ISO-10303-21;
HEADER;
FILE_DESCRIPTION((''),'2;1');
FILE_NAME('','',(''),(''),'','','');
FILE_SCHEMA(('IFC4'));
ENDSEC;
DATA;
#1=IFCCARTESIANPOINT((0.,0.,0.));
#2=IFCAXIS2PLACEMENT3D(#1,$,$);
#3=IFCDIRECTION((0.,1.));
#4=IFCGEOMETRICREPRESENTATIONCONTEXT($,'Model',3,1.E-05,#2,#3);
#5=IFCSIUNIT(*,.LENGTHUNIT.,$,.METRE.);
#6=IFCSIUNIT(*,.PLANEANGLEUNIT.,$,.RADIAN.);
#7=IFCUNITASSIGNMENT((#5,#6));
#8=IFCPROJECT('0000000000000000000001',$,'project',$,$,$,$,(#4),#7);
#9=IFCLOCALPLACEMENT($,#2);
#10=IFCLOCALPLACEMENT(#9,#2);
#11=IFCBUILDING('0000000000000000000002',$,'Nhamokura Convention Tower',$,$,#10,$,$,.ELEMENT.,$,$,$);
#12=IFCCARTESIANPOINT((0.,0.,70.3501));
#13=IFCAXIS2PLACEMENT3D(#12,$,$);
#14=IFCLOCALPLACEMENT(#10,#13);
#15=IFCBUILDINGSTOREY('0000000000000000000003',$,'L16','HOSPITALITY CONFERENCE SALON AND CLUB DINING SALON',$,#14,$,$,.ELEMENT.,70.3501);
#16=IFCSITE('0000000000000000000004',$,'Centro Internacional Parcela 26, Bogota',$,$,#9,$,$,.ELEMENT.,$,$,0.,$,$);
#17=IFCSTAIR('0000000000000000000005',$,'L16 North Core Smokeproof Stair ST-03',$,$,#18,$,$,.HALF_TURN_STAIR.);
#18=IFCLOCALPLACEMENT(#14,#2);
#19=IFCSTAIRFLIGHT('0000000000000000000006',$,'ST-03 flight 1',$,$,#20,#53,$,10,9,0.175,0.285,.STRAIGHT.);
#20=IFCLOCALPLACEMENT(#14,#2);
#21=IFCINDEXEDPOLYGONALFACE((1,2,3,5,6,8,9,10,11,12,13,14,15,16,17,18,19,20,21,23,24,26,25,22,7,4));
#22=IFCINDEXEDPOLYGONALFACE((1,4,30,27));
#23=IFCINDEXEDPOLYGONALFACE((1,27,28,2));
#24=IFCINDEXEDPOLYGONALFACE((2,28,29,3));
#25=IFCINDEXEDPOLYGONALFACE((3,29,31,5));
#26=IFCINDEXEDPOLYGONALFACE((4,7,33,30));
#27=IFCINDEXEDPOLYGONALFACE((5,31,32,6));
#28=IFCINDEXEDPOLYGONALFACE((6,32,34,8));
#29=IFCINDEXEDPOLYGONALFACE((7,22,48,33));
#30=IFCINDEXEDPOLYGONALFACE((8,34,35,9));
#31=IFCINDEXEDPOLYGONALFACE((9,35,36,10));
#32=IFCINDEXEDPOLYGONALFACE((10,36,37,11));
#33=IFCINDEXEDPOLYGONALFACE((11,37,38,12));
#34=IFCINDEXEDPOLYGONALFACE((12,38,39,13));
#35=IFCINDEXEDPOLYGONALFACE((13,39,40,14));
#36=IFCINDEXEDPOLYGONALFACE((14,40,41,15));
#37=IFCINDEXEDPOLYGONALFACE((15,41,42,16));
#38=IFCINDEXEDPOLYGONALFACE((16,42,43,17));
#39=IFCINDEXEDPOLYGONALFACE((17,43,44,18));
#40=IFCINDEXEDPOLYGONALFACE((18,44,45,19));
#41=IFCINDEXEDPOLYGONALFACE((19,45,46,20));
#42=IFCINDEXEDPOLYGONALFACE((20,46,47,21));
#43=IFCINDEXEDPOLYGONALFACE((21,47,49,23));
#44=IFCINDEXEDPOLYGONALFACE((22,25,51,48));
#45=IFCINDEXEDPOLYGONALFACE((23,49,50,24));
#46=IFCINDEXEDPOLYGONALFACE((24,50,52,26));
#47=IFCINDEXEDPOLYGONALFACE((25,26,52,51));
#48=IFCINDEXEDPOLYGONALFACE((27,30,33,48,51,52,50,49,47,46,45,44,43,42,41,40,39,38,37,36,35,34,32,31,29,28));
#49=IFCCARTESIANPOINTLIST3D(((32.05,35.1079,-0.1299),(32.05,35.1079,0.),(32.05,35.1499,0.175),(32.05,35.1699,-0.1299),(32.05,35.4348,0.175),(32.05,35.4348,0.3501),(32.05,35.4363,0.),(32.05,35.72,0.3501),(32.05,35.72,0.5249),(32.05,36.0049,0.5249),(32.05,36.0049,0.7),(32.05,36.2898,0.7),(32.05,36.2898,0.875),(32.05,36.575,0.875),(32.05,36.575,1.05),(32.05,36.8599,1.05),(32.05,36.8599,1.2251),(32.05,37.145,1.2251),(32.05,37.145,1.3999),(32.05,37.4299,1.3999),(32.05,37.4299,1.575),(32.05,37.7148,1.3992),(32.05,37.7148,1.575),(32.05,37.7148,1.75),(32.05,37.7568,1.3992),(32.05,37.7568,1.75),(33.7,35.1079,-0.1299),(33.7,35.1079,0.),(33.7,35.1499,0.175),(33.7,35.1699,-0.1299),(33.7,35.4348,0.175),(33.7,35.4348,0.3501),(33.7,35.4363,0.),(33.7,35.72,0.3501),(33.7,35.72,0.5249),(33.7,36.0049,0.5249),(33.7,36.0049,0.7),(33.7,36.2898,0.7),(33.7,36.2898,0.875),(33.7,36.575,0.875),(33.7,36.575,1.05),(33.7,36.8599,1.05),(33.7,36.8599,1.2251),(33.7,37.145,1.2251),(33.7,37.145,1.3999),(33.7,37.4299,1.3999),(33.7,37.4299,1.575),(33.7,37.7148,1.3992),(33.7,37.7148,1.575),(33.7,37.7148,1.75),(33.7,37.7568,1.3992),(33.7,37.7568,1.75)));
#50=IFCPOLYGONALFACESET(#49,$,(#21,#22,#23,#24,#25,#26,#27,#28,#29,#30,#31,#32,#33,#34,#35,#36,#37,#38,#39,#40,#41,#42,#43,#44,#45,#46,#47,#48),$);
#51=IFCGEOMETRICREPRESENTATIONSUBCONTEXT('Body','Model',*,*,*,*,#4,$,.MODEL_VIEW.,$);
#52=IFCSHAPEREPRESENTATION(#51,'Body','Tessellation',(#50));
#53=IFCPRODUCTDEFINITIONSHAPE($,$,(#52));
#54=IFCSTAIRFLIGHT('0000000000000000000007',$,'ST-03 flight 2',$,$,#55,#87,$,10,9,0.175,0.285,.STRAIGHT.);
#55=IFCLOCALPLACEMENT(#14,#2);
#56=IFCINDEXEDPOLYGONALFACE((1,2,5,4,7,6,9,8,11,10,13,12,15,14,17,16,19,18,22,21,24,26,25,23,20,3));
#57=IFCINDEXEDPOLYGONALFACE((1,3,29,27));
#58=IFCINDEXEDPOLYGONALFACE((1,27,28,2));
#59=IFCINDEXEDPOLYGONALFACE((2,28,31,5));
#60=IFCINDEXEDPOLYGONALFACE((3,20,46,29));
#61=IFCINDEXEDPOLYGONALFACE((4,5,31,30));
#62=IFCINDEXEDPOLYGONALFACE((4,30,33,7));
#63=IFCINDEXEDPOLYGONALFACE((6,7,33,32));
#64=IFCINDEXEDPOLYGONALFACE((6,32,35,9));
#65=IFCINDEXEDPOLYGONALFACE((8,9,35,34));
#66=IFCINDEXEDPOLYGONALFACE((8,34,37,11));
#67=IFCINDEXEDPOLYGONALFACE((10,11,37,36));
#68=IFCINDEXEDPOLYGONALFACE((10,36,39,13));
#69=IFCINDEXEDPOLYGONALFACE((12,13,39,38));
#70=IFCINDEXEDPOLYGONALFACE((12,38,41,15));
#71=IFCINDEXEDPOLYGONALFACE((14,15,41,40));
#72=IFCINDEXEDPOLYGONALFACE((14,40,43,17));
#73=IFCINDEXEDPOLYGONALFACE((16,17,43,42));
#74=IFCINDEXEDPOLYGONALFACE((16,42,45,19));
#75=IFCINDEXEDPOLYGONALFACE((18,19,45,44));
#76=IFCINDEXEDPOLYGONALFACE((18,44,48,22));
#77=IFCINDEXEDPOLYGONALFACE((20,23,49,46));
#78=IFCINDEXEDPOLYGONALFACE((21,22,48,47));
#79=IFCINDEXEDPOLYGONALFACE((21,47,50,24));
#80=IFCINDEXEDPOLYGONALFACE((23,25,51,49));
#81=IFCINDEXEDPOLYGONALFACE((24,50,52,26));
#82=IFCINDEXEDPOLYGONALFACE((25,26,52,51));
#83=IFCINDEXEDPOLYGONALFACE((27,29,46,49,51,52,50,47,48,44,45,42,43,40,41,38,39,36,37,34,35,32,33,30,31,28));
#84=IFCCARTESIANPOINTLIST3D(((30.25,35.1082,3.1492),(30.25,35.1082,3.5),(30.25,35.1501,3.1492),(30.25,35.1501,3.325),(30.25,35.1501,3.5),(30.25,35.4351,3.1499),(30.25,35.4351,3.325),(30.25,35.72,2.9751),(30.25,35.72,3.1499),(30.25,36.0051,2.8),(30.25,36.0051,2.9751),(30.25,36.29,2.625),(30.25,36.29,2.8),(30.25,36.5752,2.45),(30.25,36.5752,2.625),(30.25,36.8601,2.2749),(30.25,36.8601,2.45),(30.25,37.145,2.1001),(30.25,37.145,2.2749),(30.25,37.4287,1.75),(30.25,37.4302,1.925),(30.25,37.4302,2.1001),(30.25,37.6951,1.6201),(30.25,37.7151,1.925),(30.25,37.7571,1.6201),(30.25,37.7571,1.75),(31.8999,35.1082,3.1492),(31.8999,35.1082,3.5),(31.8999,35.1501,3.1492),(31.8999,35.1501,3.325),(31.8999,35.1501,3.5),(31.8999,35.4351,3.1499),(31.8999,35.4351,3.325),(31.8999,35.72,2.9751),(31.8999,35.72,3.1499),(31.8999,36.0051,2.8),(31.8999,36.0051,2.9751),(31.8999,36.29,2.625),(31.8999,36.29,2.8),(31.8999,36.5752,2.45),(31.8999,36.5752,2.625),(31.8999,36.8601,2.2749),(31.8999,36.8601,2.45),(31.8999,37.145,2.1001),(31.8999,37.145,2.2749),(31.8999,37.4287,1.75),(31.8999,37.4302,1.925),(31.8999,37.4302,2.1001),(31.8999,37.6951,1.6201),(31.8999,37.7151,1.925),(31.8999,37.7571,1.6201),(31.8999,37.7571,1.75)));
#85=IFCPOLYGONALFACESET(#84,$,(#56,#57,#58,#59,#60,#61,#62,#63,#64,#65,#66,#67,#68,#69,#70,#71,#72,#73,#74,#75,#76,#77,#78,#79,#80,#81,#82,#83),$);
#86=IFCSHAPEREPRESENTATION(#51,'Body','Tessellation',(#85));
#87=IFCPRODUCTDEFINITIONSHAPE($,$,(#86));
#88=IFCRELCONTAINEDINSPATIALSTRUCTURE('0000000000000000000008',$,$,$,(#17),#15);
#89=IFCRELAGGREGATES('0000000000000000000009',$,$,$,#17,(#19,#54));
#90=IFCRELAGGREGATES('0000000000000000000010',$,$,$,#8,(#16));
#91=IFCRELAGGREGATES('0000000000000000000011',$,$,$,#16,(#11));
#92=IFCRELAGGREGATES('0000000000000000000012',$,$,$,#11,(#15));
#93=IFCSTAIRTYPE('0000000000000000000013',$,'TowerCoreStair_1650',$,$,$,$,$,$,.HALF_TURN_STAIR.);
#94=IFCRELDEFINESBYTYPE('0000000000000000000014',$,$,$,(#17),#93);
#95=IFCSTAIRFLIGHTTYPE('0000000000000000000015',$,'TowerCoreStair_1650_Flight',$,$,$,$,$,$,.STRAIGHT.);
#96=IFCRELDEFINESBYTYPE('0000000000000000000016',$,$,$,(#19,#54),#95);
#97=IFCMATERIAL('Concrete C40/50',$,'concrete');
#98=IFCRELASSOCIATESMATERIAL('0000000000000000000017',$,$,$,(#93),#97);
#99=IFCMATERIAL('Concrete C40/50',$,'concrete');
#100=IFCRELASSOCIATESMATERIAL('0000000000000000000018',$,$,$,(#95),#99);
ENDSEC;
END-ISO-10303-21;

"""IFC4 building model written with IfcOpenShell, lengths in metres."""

from ifc_helpers import new_model, si_unit, direction, frame, origin, place, context, subcontext, project, spatial, polyline, outline, extrude, material, type_object, element, aggregate, save


model = new_model("IFC4")

# Units and contexts
model_context = context("Model", 3, precision=1e-05, world=origin(), true_north=direction((0.0, 1.0)))
body_context = subcontext(model_context, "Body", "Model", "MODEL_VIEW")
ifc_project = project(units=[si_unit("LENGTHUNIT", "METRE"), si_unit("PLANEANGLEUNIT", "RADIAN")], contexts=[model_context])

# Site, building, storey
site_placement = place(None, origin())
site = spatial("IfcSite", under=ifc_project, at=site_placement, Name="Centro Internacional Parcela 26, Bogota", CompositionType="ELEMENT", RefElevation=0.0)
building_placement = place(site_placement, origin())
building = spatial("IfcBuilding", under=site, at=building_placement, Name="Nhamokura Convention Tower", CompositionType="ELEMENT")
storey_placement = place(building_placement, frame((0.0, 0.0, 70.3501)))
storey = spatial("IfcBuildingStorey", under=building, at=storey_placement, Name="L16", Description="HOSPITALITY CONFERENCE SALON AND CLUB DINING SALON", CompositionType="ELEMENT", Elevation=70.3501)

# Stair, stair flights
ifc_material_1 = material(Name="Concrete C40/50", Category="concrete")
stair_type = type_object("IfcStairType", Name="TowerCoreStair_1650", PredefinedType="HALF_TURN_STAIR", material=ifc_material_1)
stair_placement = place(storey_placement, origin())
stair = element("IfcStair", 1, at=stair_placement, inside=storey, type_object=stair_type, Name="L16 North Core Smokeproof Stair ST-03", PredefinedType="HALF_TURN_STAIR")
ifc_material_2 = material(Name="Concrete C40/50", Category="concrete")
stair_flight_type = type_object("IfcStairFlightType", Name="TowerCoreStair_1650_Flight", PredefinedType="STRAIGHT", material=ifc_material_2)
stair_flight_1_placement = place(storey_placement, frame((32.875, 35.1499, 0.0), z_axis=(0.0, 0.0, 1.0), x_axis=(0.0, 1.0, 0.0)))
stair_flight_1 = element("IfcStairFlight", 2, at=stair_flight_1_placement, type_object=stair_flight_type, Name="ST-03 flight 1", NumberOfRisers=10, NumberOfTreads=9, PredefinedType="STRAIGHT", RiserHeight=0.175, TreadLength=0.285, context=body_context, shape_type="SweptSolid", body=[
    extrude(outline(polyline([(-0.042, 0.0), (0.0, 0.175), (0.2849, 0.175), (0.2849, 0.3501), (0.5701, 0.3501), (0.5701, 0.5249), (0.855, 0.5249), (0.855, 0.7), (1.1399, 0.7), (1.1399, 0.875), (1.425, 0.875), (1.425, 1.05), (1.71, 1.05), (1.71, 1.2251), (1.9951, 1.2251), (1.9951, 1.3999), (2.28, 1.3999), (2.28, 1.575), (2.5649, 1.575), (2.5649, 1.75), (2.6069, 1.75), (2.6069, 1.3992), (2.5649, 1.3992), (0.2864, 0.0), (0.02, -0.1299), (-0.042, -0.1299), (-0.042, 0.0)])), frame((0.0, 0.825, 0.0), z_axis=(0.0, -1.0, 0.0), x_axis=(1.0, 0.0, 0.0)), (0.0, 0.0, 1.0), 1.6499),
])
stair_flight_2_placement = place(storey_placement, frame((31.075, 37.7151, 1.75), z_axis=(0.0, 0.0, 1.0), x_axis=(0.0, -1.0, 0.0)))
stair_flight_2 = element("IfcStairFlight", 3, at=stair_flight_2_placement, type_object=stair_flight_type, Name="ST-03 flight 2", NumberOfRisers=10, NumberOfTreads=9, PredefinedType="STRAIGHT", RiserHeight=0.175, TreadLength=0.285, context=body_context, shape_type="SweptSolid", body=[
    extrude(outline(polyline([(-0.042, 0.0), (0.0, 0.175), (0.2849, 0.175), (0.2849, 0.3501), (0.5701, 0.3501), (0.5701, 0.5249), (0.855, 0.5249), (0.855, 0.7), (1.1399, 0.7), (1.1399, 0.875), (1.425, 0.875), (1.425, 1.05), (1.71, 1.05), (1.71, 1.2251), (1.9951, 1.2251), (1.9951, 1.3999), (2.28, 1.3999), (2.28, 1.575), (2.5649, 1.575), (2.5649, 1.75), (2.6069, 1.75), (2.6069, 1.3992), (2.5649, 1.3992), (0.2864, 0.0), (0.02, -0.1299), (-0.042, -0.1299), (-0.042, 0.0)])), frame((0.0, 0.825, 0.0), z_axis=(0.0, -1.0, 0.0), x_axis=(1.0, 0.0, 0.0)), (0.0, 0.0, 1.0), 1.6499),
])
aggregate(stair, [stair_flight_1, stair_flight_2])

save(model, "model.ifc")
